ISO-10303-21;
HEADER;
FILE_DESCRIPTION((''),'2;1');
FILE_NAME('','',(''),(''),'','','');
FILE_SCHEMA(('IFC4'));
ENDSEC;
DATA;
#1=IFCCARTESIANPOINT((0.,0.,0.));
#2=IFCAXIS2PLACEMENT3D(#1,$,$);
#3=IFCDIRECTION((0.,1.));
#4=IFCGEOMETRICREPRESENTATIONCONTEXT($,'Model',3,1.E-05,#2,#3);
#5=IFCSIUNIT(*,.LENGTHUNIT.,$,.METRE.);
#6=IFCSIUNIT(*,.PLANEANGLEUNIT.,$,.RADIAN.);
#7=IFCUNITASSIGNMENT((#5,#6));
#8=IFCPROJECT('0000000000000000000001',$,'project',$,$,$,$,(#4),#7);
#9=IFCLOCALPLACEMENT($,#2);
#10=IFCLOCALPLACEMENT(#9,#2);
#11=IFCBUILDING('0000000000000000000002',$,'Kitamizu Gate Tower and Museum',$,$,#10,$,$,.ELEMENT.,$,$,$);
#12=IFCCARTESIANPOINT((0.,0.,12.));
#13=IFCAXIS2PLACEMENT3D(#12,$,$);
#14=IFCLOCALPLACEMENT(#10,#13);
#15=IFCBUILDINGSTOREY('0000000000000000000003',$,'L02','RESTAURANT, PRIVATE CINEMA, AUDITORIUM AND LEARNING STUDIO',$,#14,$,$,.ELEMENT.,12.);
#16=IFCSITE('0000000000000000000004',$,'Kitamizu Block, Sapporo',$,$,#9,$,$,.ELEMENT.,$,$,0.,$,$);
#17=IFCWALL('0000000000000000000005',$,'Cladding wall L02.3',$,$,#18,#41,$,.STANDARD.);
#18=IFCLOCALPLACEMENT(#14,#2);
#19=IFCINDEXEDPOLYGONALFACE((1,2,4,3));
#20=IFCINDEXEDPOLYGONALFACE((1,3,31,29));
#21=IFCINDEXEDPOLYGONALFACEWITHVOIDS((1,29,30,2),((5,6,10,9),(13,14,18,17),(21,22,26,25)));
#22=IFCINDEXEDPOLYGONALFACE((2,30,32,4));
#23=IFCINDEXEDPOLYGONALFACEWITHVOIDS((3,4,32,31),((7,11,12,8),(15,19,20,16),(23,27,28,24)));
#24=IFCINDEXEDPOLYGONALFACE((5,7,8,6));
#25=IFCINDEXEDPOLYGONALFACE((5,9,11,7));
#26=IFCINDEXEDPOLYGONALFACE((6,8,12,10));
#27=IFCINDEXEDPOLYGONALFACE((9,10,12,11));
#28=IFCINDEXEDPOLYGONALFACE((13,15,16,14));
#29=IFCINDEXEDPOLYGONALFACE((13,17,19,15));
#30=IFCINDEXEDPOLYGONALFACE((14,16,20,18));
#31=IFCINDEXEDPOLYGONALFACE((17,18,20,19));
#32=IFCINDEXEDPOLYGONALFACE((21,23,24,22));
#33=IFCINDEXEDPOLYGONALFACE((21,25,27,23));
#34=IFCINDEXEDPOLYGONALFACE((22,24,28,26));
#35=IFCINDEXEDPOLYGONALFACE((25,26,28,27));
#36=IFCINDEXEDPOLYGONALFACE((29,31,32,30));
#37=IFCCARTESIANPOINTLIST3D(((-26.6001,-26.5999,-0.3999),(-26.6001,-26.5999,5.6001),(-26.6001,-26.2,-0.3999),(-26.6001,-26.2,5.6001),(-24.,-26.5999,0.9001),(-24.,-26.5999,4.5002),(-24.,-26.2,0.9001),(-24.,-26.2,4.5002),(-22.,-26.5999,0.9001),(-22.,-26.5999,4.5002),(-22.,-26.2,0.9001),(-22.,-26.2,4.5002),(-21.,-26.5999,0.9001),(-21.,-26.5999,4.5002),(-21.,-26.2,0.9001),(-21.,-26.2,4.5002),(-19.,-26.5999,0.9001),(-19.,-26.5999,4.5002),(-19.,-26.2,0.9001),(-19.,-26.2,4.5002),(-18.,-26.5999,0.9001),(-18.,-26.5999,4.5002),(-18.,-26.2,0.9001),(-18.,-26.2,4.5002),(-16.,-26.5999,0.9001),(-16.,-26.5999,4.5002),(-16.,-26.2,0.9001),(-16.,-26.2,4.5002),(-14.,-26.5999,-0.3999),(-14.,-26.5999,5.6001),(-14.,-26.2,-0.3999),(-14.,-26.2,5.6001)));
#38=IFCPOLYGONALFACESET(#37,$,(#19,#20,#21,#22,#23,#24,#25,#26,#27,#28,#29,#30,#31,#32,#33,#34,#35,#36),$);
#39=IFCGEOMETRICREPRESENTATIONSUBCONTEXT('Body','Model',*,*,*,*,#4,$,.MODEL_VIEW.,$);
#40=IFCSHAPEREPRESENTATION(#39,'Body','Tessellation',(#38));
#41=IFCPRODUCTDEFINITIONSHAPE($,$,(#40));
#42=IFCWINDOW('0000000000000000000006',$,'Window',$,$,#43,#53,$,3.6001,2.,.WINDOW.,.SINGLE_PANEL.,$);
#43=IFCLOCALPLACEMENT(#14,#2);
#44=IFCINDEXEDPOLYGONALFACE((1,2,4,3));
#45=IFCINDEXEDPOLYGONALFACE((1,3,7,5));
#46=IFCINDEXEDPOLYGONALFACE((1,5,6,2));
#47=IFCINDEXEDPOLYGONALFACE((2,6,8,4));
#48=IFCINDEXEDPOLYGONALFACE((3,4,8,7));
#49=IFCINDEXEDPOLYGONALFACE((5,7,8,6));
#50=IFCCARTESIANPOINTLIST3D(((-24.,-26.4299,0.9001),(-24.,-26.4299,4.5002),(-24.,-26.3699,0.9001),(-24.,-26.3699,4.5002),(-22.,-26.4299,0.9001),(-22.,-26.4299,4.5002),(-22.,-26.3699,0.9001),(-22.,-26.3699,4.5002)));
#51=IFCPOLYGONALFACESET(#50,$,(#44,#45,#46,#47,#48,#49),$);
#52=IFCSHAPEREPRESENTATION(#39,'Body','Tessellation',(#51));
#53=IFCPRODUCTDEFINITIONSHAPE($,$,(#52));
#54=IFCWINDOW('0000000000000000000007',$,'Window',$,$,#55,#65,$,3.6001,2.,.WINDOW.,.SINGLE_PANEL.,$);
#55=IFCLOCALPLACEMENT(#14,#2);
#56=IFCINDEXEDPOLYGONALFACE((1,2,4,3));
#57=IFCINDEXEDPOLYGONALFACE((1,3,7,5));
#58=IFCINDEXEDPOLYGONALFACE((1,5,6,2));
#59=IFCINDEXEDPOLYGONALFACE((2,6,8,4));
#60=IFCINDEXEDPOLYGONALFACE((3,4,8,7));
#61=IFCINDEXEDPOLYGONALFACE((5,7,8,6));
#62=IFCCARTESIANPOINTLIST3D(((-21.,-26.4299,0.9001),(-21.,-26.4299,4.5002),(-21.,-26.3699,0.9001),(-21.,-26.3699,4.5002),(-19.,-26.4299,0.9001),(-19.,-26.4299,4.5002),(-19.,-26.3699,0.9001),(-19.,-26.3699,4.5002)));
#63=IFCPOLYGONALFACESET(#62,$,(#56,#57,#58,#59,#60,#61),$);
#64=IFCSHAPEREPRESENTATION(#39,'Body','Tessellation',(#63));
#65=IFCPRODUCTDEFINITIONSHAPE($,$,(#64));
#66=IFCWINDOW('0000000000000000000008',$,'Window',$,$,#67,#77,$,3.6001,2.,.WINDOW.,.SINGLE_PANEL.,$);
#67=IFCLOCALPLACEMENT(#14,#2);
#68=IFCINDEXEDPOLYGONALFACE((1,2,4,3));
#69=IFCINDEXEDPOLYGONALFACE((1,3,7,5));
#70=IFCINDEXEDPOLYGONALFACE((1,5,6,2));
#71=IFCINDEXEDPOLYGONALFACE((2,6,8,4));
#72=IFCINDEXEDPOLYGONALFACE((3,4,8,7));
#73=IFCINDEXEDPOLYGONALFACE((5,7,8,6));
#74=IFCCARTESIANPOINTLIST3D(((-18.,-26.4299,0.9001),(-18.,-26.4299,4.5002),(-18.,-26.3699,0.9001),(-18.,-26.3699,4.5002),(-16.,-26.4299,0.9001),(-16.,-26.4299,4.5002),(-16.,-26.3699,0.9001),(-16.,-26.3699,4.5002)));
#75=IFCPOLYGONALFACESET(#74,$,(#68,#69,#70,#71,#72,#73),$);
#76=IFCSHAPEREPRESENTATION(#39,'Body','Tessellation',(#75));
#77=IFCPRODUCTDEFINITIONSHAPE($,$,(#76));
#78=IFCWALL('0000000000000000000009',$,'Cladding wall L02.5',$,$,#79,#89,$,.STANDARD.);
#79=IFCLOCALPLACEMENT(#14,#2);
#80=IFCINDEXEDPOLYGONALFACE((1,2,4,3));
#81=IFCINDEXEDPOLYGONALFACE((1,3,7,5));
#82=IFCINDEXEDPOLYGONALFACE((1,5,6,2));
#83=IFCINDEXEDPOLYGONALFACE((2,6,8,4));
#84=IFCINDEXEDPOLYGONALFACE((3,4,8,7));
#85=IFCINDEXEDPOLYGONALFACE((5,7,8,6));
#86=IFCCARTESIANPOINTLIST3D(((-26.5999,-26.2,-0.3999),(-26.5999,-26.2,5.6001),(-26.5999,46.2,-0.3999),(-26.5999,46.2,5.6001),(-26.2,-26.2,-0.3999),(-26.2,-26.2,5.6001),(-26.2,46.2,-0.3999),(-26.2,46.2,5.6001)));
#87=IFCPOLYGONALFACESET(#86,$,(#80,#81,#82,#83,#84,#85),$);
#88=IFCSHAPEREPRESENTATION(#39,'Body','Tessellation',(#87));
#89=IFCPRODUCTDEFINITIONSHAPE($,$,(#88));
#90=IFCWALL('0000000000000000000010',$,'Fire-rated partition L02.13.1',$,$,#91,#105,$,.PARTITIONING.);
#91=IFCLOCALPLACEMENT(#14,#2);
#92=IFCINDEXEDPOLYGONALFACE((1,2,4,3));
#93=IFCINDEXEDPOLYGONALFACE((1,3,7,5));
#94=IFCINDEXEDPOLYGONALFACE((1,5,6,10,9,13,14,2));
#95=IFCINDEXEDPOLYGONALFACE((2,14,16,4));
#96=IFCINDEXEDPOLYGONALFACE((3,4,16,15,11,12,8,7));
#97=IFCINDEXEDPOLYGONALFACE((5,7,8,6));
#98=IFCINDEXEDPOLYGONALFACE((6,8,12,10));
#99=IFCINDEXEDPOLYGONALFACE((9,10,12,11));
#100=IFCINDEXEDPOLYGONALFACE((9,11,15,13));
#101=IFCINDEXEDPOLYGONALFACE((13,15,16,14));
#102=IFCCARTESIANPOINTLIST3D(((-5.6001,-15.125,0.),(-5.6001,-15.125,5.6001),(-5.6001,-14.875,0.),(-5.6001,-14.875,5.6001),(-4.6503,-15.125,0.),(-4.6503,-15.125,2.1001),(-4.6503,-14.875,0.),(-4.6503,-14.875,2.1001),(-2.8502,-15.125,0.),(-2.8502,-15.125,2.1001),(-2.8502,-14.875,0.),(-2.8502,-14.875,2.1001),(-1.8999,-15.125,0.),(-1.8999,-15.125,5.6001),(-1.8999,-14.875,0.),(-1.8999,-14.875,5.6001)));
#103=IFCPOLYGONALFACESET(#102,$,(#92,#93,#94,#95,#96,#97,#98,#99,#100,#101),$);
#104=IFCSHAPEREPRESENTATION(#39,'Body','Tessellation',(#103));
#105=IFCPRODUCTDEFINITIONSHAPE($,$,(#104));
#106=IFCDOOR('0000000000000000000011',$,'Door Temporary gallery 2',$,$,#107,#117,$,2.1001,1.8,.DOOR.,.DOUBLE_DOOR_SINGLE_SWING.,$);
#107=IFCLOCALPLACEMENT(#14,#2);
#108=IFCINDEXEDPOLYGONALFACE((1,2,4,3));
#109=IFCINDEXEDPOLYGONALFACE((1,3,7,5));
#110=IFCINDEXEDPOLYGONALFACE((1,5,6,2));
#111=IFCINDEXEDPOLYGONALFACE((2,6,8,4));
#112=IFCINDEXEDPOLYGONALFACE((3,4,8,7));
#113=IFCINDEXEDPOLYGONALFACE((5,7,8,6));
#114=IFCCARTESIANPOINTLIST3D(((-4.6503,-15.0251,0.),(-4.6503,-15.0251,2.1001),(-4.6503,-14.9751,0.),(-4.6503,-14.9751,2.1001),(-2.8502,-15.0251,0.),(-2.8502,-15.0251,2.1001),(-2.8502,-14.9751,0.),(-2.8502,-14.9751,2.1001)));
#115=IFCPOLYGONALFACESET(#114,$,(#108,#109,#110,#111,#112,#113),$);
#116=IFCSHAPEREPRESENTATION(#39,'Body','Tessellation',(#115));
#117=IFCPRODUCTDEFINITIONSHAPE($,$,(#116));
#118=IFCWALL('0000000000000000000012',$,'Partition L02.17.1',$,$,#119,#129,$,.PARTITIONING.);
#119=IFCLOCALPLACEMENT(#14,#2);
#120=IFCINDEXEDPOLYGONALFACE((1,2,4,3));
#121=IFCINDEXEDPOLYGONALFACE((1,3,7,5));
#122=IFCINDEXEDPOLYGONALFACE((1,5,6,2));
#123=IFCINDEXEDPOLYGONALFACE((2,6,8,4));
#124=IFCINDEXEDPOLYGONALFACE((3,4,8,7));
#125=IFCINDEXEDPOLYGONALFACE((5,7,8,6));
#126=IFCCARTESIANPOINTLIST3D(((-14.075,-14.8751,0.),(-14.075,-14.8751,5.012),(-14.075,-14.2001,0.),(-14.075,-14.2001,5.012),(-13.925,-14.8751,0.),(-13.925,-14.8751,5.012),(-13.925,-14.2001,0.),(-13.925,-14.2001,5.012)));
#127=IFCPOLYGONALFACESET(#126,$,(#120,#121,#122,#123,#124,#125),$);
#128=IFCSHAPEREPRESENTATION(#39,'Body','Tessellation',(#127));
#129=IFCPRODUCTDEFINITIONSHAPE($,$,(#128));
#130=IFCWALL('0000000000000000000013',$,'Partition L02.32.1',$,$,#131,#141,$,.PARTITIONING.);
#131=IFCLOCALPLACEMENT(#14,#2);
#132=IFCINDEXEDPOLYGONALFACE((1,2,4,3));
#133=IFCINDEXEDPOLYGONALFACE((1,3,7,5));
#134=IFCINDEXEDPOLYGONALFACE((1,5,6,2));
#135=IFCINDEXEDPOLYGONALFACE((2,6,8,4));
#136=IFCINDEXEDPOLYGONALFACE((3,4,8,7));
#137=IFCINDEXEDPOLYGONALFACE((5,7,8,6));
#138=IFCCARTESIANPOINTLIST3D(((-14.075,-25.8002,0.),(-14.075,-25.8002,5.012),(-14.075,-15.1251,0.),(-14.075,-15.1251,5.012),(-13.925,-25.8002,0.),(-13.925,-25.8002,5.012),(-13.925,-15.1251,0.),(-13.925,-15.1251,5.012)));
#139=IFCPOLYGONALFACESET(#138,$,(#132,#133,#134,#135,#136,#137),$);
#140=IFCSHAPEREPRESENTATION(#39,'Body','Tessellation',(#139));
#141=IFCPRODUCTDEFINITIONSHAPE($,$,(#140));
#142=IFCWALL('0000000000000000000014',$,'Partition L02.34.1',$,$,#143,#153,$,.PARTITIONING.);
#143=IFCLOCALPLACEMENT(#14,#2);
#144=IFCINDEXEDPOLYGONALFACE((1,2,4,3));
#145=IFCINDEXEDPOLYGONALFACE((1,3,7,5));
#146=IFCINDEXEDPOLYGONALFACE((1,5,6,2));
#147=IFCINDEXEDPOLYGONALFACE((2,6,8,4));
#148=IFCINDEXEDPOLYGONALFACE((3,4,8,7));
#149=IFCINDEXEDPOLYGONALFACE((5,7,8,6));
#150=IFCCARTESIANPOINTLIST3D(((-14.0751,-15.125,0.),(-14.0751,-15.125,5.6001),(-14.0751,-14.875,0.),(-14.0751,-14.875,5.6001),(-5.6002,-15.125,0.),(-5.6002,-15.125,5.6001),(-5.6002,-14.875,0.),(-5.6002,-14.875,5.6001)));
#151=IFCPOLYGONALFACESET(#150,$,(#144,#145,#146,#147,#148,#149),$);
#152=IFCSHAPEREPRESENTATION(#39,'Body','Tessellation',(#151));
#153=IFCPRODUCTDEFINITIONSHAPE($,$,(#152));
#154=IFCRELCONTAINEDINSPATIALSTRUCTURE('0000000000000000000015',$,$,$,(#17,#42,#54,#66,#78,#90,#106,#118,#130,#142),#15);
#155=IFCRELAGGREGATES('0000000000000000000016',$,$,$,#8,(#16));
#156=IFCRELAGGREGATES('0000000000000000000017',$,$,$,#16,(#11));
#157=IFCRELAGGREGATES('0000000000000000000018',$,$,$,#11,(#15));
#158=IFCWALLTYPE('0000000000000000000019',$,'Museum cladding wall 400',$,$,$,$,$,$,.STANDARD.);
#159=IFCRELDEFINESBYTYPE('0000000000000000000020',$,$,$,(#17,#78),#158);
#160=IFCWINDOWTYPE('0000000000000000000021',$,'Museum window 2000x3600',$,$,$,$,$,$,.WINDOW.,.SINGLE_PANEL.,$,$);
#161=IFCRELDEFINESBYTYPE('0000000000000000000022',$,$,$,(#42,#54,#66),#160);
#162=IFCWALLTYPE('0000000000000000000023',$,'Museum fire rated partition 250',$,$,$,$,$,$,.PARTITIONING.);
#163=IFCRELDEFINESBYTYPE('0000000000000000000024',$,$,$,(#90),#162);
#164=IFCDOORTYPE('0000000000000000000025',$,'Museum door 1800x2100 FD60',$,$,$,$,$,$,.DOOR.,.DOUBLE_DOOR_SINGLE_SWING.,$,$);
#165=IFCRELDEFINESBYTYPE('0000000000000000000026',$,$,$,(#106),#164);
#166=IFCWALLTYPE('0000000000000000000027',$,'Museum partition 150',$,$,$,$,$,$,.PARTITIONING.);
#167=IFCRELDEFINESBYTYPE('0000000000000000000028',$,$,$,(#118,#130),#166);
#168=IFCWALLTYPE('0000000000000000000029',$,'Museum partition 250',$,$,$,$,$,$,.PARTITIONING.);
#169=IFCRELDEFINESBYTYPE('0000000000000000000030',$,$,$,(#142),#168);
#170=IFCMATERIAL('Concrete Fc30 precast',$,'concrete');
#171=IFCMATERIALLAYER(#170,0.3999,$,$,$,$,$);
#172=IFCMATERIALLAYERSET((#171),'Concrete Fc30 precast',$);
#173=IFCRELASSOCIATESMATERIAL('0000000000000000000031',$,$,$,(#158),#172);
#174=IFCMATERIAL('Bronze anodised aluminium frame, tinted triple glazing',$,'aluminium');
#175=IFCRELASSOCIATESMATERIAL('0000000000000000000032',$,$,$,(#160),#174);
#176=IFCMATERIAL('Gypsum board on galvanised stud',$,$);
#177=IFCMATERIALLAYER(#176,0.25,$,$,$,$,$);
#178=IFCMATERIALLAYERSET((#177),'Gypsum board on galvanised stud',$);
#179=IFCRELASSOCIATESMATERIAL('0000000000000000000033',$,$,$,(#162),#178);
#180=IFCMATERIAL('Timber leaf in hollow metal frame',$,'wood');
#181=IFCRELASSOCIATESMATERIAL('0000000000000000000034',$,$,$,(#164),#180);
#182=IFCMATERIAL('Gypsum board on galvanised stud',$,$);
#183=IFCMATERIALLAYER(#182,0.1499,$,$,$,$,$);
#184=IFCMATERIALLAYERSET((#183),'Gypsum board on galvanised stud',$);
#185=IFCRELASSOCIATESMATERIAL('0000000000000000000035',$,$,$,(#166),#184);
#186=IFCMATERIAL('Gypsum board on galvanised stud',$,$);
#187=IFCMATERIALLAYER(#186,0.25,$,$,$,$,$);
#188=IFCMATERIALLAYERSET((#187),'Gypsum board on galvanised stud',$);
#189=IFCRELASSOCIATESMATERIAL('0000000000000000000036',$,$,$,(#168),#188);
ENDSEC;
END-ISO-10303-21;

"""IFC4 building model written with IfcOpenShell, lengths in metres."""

from ifc_helpers import new_model, si_unit, direction, frame, frame_2d, origin, place, context, subcontext, project, spatial, rectangle, extrude, material, layer, layer_set, type_object, element, fill, save


model = new_model("IFC4")

# Units and contexts
model_context = context("Model", 3, precision=1e-05, world=origin(), true_north=direction((0.0, 1.0)))
body_context = subcontext(model_context, "Body", "Model", "MODEL_VIEW")
ifc_project = project(units=[si_unit("LENGTHUNIT", "METRE"), si_unit("PLANEANGLEUNIT", "RADIAN")], contexts=[model_context])

# Site, building, storey
site_placement = place(None, origin())
site = spatial("IfcSite", under=ifc_project, at=site_placement, Name="Kitamizu Block, Sapporo", CompositionType="ELEMENT", RefElevation=0.0)
building_placement = place(site_placement, origin())
building = spatial("IfcBuilding", under=site, at=building_placement, Name="Kitamizu Gate Tower and Museum", CompositionType="ELEMENT")
storey_placement = place(building_placement, frame((0.0, 0.0, 12.0)))
storey = spatial("IfcBuildingStorey", under=building, at=storey_placement, Name="L02", Description="RESTAURANT, PRIVATE CINEMA, AUDITORIUM AND LEARNING STUDIO", CompositionType="ELEMENT", Elevation=12.0)

# Shared definitions
ifc_material_1 = material(Name="Concrete Fc30 precast", Category="concrete")
ifc_layer_1 = layer(ifc_material_1, 0.3999)
ifc_layer_set_1 = layer_set([ifc_layer_1], Name="Concrete Fc30 precast")
wall_type_1 = type_object("IfcWallType", Name="Museum cladding wall 400", PredefinedType="STANDARD", material=ifc_layer_set_1)

# Wall, openings, windows
wall_1_placement = place(storey_placement, frame((-26.6001, -26.3999, -0.3999), z_axis=(0.0, 0.0, 1.0), x_axis=(1.0, 0.0, 0.0)))
wall_1 = element("IfcWall", 1, at=wall_1_placement, inside=storey, type_object=wall_type_1, Name="Cladding wall L02.3", PredefinedType="STANDARD", context=body_context, shape_type="SweptSolid", body=[
    extrude(rectangle(XDim=12.6001, YDim=0.3999, at=frame_2d((6.3, 0.0))), origin(), (0.0, 0.0, 1.0), 6.0),
])
opening_1_placement = place(wall_1_placement, frame((2.6001, 0.0, 1.3)))
opening_1 = element("IfcOpeningElement", 2, at=opening_1_placement, cuts=wall_1, PredefinedType="OPENING", context=body_context, shape_type="SweptSolid", body=[
    extrude(rectangle(XDim=2.0, YDim=3.6001, at=frame_2d((1.0, 1.8))), frame((0.0, 0.21, 0.0), z_axis=(0.0, -1.0, 0.0), x_axis=(1.0, 0.0, 0.0)), (0.0, 0.0, 1.0), 0.4199),
])
opening_2_placement = place(wall_1_placement, frame((5.6001, 0.0, 1.3)))
opening_2 = element("IfcOpeningElement", 3, at=opening_2_placement, cuts=wall_1, PredefinedType="OPENING", context=body_context, shape_type="SweptSolid", body=[
    extrude(rectangle(XDim=2.0, YDim=3.6001, at=frame_2d((1.0, 1.8))), frame((0.0, 0.21, 0.0), z_axis=(0.0, -1.0, 0.0), x_axis=(1.0, 0.0, 0.0)), (0.0, 0.0, 1.0), 0.4199),
])
opening_3_placement = place(wall_1_placement, frame((8.6001, 0.0, 1.3)))
opening_3 = element("IfcOpeningElement", 4, at=opening_3_placement, cuts=wall_1, PredefinedType="OPENING", context=body_context, shape_type="SweptSolid", body=[
    extrude(rectangle(XDim=2.0, YDim=3.6001, at=frame_2d((1.0, 1.8))), frame((0.0, 0.21, 0.0), z_axis=(0.0, -1.0, 0.0), x_axis=(1.0, 0.0, 0.0)), (0.0, 0.0, 1.0), 0.4199),
])
ifc_material_2 = material(Name="Bronze anodised aluminium frame, tinted triple glazing", Category="aluminium")
window_type = type_object("IfcWindowType", Name="Museum window 2000x3600", PartitioningType="SINGLE_PANEL", PredefinedType="WINDOW", material=ifc_material_2)
window_1_placement = place(opening_1_placement, origin())
window_1 = element("IfcWindow", 5, at=window_1_placement, inside=storey, type_object=window_type, Name="Window", OverallHeight=3.6001, OverallWidth=2.0, PartitioningType="SINGLE_PANEL", PredefinedType="WINDOW", context=body_context, shape_type="SweptSolid", body=[
    extrude(rectangle(XDim=2.0, YDim=3.6001, at=frame_2d((1.0, 1.8))), frame((0.0, 0.03, 0.0), z_axis=(0.0, -1.0, 0.0), x_axis=(1.0, 0.0, 0.0)), (0.0, 0.0, 1.0), 0.0601),
])
fill(opening_1, window_1)
window_2_placement = place(opening_2_placement, origin())
window_2 = element("IfcWindow", 6, at=window_2_placement, inside=storey, type_object=window_type, Name="Window", OverallHeight=3.6001, OverallWidth=2.0, PartitioningType="SINGLE_PANEL", PredefinedType="WINDOW", context=body_context, shape_type="SweptSolid", body=[
    extrude(rectangle(XDim=2.0, YDim=3.6001, at=frame_2d((1.0, 1.8))), frame((0.0, 0.03, 0.0), z_axis=(0.0, -1.0, 0.0), x_axis=(1.0, 0.0, 0.0)), (0.0, 0.0, 1.0), 0.0601),
])
fill(opening_2, window_2)
window_3_placement = place(opening_3_placement, origin())
window_3 = element("IfcWindow", 7, at=window_3_placement, inside=storey, type_object=window_type, Name="Window", OverallHeight=3.6001, OverallWidth=2.0, PartitioningType="SINGLE_PANEL", PredefinedType="WINDOW", context=body_context, shape_type="SweptSolid", body=[
    extrude(rectangle(XDim=2.0, YDim=3.6001, at=frame_2d((1.0, 1.8))), frame((0.0, 0.03, 0.0), z_axis=(0.0, -1.0, 0.0), x_axis=(1.0, 0.0, 0.0)), (0.0, 0.0, 1.0), 0.0601),
])
fill(opening_3, window_3)

# Wall
wall_2_placement = place(storey_placement, frame((-26.3999, -26.2, -0.3999), z_axis=(0.0, 0.0, 1.0), x_axis=(0.0, 1.0, 0.0)))
element("IfcWall", 8, at=wall_2_placement, inside=storey, type_object=wall_type_1, Name="Cladding wall L02.5", PredefinedType="STANDARD", context=body_context, shape_type="SweptSolid", body=[
    extrude(rectangle(XDim=72.3999, YDim=0.3999, at=frame_2d((36.2, 0.0))), origin(), (0.0, 0.0, 1.0), 6.0),
])

# Wall, opening, door
ifc_material_3 = material(Name="Gypsum board on galvanised stud")
ifc_layer_2 = layer(ifc_material_3, 0.25)
ifc_layer_set_2 = layer_set([ifc_layer_2], Name="Gypsum board on galvanised stud")
wall_type_2 = type_object("IfcWallType", Name="Museum fire rated partition 250", PredefinedType="PARTITIONING", material=ifc_layer_set_2)
wall_3_placement = place(storey_placement, frame((-5.6001, -15.0, 0.0), z_axis=(0.0, 0.0, 1.0), x_axis=(1.0, 0.0, 0.0)))
wall_3 = element("IfcWall", 9, at=wall_3_placement, inside=storey, type_object=wall_type_2, Name="Fire-rated partition L02.13.1", PredefinedType="PARTITIONING", context=body_context, shape_type="SweptSolid", body=[
    extrude(rectangle(XDim=3.7002, YDim=0.25, at=frame_2d((1.8501, 0.0))), origin(), (0.0, 0.0, 1.0), 5.6001),
])
opening_4_placement = place(wall_3_placement, frame((0.95, 0.0, 0.0)))
opening_4 = element("IfcOpeningElement", 10, at=opening_4_placement, cuts=wall_3, PredefinedType="OPENING", context=body_context, shape_type="SweptSolid", body=[
    extrude(rectangle(XDim=1.8, YDim=2.1001, at=frame_2d((0.8999, 1.05))), frame((0.0, 0.135, 0.0), z_axis=(0.0, -1.0, 0.0), x_axis=(1.0, 0.0, 0.0)), (0.0, 0.0, 1.0), 0.27),
])
ifc_material_4 = material(Name="Timber leaf in hollow metal frame", Category="wood")
door_type = type_object("IfcDoorType", Name="Museum door 1800x2100 FD60", OperationType="DOUBLE_DOOR_SINGLE_SWING", PredefinedType="DOOR", material=ifc_material_4)
door_placement = place(opening_4_placement, origin())
door = element("IfcDoor", 11, at=door_placement, inside=storey, type_object=door_type, Name="Door Temporary gallery 2", OperationType="DOUBLE_DOOR_SINGLE_SWING", OverallHeight=2.1001, OverallWidth=1.8, PredefinedType="DOOR", context=body_context, shape_type="SweptSolid", body=[
    extrude(rectangle(XDim=1.8, YDim=2.1001, at=frame_2d((0.8999, 1.05))), frame((0.0, 0.0249, 0.0), z_axis=(0.0, -1.0, 0.0), x_axis=(1.0, 0.0, 0.0)), (0.0, 0.0, 1.0), 0.05),
])
fill(opening_4, door)

# Walls
ifc_material_5 = material(Name="Gypsum board on galvanised stud")
ifc_layer_3 = layer(ifc_material_5, 0.1499)
ifc_layer_set_3 = layer_set([ifc_layer_3], Name="Gypsum board on galvanised stud")
wall_type_3 = type_object("IfcWallType", Name="Museum partition 150", PredefinedType="PARTITIONING", material=ifc_layer_set_3)
wall_4_placement = place(storey_placement, frame((-14.0, -14.875, 0.0), z_axis=(0.0, 0.0, 1.0), x_axis=(0.0, 1.0, 0.0)))
element("IfcWall", 12, at=wall_4_placement, inside=storey, type_object=wall_type_3, Name="Partition L02.17.1", PredefinedType="PARTITIONING", context=body_context, shape_type="SweptSolid", body=[
    extrude(rectangle(XDim=0.675, YDim=0.1499, at=frame_2d((0.3374, 0.0))), origin(), (0.0, 0.0, 1.0), 5.012),
])
wall_5_placement = place(storey_placement, frame((-14.0, -25.8, 0.0), z_axis=(0.0, 0.0, 1.0), x_axis=(0.0, 1.0, 0.0)))
element("IfcWall", 13, at=wall_5_placement, inside=storey, type_object=wall_type_3, Name="Partition L02.32.1", PredefinedType="PARTITIONING", context=body_context, shape_type="SweptSolid", body=[
    extrude(rectangle(XDim=10.675, YDim=0.1499, at=frame_2d((5.3374, 0.0))), origin(), (0.0, 0.0, 1.0), 5.012),
])
ifc_material_6 = material(Name="Gypsum board on galvanised stud")
ifc_layer_4 = layer(ifc_material_6, 0.25)
ifc_layer_set_4 = layer_set([ifc_layer_4], Name="Gypsum board on galvanised stud")
wall_type_4 = type_object("IfcWallType", Name="Museum partition 250", PredefinedType="PARTITIONING", material=ifc_layer_set_4)
wall_6_placement = place(storey_placement, frame((-14.075, -15.0, 0.0), z_axis=(0.0, 0.0, 1.0), x_axis=(1.0, 0.0, 0.0)))
element("IfcWall", 14, at=wall_6_placement, inside=storey, type_object=wall_type_4, Name="Partition L02.34.1", PredefinedType="PARTITIONING", context=body_context, shape_type="SweptSolid", body=[
    extrude(rectangle(XDim=8.4749, YDim=0.25, at=frame_2d((4.2373, 0.0))), origin(), (0.0, 0.0, 1.0), 5.6001),
])

save(model, "model.ifc")
